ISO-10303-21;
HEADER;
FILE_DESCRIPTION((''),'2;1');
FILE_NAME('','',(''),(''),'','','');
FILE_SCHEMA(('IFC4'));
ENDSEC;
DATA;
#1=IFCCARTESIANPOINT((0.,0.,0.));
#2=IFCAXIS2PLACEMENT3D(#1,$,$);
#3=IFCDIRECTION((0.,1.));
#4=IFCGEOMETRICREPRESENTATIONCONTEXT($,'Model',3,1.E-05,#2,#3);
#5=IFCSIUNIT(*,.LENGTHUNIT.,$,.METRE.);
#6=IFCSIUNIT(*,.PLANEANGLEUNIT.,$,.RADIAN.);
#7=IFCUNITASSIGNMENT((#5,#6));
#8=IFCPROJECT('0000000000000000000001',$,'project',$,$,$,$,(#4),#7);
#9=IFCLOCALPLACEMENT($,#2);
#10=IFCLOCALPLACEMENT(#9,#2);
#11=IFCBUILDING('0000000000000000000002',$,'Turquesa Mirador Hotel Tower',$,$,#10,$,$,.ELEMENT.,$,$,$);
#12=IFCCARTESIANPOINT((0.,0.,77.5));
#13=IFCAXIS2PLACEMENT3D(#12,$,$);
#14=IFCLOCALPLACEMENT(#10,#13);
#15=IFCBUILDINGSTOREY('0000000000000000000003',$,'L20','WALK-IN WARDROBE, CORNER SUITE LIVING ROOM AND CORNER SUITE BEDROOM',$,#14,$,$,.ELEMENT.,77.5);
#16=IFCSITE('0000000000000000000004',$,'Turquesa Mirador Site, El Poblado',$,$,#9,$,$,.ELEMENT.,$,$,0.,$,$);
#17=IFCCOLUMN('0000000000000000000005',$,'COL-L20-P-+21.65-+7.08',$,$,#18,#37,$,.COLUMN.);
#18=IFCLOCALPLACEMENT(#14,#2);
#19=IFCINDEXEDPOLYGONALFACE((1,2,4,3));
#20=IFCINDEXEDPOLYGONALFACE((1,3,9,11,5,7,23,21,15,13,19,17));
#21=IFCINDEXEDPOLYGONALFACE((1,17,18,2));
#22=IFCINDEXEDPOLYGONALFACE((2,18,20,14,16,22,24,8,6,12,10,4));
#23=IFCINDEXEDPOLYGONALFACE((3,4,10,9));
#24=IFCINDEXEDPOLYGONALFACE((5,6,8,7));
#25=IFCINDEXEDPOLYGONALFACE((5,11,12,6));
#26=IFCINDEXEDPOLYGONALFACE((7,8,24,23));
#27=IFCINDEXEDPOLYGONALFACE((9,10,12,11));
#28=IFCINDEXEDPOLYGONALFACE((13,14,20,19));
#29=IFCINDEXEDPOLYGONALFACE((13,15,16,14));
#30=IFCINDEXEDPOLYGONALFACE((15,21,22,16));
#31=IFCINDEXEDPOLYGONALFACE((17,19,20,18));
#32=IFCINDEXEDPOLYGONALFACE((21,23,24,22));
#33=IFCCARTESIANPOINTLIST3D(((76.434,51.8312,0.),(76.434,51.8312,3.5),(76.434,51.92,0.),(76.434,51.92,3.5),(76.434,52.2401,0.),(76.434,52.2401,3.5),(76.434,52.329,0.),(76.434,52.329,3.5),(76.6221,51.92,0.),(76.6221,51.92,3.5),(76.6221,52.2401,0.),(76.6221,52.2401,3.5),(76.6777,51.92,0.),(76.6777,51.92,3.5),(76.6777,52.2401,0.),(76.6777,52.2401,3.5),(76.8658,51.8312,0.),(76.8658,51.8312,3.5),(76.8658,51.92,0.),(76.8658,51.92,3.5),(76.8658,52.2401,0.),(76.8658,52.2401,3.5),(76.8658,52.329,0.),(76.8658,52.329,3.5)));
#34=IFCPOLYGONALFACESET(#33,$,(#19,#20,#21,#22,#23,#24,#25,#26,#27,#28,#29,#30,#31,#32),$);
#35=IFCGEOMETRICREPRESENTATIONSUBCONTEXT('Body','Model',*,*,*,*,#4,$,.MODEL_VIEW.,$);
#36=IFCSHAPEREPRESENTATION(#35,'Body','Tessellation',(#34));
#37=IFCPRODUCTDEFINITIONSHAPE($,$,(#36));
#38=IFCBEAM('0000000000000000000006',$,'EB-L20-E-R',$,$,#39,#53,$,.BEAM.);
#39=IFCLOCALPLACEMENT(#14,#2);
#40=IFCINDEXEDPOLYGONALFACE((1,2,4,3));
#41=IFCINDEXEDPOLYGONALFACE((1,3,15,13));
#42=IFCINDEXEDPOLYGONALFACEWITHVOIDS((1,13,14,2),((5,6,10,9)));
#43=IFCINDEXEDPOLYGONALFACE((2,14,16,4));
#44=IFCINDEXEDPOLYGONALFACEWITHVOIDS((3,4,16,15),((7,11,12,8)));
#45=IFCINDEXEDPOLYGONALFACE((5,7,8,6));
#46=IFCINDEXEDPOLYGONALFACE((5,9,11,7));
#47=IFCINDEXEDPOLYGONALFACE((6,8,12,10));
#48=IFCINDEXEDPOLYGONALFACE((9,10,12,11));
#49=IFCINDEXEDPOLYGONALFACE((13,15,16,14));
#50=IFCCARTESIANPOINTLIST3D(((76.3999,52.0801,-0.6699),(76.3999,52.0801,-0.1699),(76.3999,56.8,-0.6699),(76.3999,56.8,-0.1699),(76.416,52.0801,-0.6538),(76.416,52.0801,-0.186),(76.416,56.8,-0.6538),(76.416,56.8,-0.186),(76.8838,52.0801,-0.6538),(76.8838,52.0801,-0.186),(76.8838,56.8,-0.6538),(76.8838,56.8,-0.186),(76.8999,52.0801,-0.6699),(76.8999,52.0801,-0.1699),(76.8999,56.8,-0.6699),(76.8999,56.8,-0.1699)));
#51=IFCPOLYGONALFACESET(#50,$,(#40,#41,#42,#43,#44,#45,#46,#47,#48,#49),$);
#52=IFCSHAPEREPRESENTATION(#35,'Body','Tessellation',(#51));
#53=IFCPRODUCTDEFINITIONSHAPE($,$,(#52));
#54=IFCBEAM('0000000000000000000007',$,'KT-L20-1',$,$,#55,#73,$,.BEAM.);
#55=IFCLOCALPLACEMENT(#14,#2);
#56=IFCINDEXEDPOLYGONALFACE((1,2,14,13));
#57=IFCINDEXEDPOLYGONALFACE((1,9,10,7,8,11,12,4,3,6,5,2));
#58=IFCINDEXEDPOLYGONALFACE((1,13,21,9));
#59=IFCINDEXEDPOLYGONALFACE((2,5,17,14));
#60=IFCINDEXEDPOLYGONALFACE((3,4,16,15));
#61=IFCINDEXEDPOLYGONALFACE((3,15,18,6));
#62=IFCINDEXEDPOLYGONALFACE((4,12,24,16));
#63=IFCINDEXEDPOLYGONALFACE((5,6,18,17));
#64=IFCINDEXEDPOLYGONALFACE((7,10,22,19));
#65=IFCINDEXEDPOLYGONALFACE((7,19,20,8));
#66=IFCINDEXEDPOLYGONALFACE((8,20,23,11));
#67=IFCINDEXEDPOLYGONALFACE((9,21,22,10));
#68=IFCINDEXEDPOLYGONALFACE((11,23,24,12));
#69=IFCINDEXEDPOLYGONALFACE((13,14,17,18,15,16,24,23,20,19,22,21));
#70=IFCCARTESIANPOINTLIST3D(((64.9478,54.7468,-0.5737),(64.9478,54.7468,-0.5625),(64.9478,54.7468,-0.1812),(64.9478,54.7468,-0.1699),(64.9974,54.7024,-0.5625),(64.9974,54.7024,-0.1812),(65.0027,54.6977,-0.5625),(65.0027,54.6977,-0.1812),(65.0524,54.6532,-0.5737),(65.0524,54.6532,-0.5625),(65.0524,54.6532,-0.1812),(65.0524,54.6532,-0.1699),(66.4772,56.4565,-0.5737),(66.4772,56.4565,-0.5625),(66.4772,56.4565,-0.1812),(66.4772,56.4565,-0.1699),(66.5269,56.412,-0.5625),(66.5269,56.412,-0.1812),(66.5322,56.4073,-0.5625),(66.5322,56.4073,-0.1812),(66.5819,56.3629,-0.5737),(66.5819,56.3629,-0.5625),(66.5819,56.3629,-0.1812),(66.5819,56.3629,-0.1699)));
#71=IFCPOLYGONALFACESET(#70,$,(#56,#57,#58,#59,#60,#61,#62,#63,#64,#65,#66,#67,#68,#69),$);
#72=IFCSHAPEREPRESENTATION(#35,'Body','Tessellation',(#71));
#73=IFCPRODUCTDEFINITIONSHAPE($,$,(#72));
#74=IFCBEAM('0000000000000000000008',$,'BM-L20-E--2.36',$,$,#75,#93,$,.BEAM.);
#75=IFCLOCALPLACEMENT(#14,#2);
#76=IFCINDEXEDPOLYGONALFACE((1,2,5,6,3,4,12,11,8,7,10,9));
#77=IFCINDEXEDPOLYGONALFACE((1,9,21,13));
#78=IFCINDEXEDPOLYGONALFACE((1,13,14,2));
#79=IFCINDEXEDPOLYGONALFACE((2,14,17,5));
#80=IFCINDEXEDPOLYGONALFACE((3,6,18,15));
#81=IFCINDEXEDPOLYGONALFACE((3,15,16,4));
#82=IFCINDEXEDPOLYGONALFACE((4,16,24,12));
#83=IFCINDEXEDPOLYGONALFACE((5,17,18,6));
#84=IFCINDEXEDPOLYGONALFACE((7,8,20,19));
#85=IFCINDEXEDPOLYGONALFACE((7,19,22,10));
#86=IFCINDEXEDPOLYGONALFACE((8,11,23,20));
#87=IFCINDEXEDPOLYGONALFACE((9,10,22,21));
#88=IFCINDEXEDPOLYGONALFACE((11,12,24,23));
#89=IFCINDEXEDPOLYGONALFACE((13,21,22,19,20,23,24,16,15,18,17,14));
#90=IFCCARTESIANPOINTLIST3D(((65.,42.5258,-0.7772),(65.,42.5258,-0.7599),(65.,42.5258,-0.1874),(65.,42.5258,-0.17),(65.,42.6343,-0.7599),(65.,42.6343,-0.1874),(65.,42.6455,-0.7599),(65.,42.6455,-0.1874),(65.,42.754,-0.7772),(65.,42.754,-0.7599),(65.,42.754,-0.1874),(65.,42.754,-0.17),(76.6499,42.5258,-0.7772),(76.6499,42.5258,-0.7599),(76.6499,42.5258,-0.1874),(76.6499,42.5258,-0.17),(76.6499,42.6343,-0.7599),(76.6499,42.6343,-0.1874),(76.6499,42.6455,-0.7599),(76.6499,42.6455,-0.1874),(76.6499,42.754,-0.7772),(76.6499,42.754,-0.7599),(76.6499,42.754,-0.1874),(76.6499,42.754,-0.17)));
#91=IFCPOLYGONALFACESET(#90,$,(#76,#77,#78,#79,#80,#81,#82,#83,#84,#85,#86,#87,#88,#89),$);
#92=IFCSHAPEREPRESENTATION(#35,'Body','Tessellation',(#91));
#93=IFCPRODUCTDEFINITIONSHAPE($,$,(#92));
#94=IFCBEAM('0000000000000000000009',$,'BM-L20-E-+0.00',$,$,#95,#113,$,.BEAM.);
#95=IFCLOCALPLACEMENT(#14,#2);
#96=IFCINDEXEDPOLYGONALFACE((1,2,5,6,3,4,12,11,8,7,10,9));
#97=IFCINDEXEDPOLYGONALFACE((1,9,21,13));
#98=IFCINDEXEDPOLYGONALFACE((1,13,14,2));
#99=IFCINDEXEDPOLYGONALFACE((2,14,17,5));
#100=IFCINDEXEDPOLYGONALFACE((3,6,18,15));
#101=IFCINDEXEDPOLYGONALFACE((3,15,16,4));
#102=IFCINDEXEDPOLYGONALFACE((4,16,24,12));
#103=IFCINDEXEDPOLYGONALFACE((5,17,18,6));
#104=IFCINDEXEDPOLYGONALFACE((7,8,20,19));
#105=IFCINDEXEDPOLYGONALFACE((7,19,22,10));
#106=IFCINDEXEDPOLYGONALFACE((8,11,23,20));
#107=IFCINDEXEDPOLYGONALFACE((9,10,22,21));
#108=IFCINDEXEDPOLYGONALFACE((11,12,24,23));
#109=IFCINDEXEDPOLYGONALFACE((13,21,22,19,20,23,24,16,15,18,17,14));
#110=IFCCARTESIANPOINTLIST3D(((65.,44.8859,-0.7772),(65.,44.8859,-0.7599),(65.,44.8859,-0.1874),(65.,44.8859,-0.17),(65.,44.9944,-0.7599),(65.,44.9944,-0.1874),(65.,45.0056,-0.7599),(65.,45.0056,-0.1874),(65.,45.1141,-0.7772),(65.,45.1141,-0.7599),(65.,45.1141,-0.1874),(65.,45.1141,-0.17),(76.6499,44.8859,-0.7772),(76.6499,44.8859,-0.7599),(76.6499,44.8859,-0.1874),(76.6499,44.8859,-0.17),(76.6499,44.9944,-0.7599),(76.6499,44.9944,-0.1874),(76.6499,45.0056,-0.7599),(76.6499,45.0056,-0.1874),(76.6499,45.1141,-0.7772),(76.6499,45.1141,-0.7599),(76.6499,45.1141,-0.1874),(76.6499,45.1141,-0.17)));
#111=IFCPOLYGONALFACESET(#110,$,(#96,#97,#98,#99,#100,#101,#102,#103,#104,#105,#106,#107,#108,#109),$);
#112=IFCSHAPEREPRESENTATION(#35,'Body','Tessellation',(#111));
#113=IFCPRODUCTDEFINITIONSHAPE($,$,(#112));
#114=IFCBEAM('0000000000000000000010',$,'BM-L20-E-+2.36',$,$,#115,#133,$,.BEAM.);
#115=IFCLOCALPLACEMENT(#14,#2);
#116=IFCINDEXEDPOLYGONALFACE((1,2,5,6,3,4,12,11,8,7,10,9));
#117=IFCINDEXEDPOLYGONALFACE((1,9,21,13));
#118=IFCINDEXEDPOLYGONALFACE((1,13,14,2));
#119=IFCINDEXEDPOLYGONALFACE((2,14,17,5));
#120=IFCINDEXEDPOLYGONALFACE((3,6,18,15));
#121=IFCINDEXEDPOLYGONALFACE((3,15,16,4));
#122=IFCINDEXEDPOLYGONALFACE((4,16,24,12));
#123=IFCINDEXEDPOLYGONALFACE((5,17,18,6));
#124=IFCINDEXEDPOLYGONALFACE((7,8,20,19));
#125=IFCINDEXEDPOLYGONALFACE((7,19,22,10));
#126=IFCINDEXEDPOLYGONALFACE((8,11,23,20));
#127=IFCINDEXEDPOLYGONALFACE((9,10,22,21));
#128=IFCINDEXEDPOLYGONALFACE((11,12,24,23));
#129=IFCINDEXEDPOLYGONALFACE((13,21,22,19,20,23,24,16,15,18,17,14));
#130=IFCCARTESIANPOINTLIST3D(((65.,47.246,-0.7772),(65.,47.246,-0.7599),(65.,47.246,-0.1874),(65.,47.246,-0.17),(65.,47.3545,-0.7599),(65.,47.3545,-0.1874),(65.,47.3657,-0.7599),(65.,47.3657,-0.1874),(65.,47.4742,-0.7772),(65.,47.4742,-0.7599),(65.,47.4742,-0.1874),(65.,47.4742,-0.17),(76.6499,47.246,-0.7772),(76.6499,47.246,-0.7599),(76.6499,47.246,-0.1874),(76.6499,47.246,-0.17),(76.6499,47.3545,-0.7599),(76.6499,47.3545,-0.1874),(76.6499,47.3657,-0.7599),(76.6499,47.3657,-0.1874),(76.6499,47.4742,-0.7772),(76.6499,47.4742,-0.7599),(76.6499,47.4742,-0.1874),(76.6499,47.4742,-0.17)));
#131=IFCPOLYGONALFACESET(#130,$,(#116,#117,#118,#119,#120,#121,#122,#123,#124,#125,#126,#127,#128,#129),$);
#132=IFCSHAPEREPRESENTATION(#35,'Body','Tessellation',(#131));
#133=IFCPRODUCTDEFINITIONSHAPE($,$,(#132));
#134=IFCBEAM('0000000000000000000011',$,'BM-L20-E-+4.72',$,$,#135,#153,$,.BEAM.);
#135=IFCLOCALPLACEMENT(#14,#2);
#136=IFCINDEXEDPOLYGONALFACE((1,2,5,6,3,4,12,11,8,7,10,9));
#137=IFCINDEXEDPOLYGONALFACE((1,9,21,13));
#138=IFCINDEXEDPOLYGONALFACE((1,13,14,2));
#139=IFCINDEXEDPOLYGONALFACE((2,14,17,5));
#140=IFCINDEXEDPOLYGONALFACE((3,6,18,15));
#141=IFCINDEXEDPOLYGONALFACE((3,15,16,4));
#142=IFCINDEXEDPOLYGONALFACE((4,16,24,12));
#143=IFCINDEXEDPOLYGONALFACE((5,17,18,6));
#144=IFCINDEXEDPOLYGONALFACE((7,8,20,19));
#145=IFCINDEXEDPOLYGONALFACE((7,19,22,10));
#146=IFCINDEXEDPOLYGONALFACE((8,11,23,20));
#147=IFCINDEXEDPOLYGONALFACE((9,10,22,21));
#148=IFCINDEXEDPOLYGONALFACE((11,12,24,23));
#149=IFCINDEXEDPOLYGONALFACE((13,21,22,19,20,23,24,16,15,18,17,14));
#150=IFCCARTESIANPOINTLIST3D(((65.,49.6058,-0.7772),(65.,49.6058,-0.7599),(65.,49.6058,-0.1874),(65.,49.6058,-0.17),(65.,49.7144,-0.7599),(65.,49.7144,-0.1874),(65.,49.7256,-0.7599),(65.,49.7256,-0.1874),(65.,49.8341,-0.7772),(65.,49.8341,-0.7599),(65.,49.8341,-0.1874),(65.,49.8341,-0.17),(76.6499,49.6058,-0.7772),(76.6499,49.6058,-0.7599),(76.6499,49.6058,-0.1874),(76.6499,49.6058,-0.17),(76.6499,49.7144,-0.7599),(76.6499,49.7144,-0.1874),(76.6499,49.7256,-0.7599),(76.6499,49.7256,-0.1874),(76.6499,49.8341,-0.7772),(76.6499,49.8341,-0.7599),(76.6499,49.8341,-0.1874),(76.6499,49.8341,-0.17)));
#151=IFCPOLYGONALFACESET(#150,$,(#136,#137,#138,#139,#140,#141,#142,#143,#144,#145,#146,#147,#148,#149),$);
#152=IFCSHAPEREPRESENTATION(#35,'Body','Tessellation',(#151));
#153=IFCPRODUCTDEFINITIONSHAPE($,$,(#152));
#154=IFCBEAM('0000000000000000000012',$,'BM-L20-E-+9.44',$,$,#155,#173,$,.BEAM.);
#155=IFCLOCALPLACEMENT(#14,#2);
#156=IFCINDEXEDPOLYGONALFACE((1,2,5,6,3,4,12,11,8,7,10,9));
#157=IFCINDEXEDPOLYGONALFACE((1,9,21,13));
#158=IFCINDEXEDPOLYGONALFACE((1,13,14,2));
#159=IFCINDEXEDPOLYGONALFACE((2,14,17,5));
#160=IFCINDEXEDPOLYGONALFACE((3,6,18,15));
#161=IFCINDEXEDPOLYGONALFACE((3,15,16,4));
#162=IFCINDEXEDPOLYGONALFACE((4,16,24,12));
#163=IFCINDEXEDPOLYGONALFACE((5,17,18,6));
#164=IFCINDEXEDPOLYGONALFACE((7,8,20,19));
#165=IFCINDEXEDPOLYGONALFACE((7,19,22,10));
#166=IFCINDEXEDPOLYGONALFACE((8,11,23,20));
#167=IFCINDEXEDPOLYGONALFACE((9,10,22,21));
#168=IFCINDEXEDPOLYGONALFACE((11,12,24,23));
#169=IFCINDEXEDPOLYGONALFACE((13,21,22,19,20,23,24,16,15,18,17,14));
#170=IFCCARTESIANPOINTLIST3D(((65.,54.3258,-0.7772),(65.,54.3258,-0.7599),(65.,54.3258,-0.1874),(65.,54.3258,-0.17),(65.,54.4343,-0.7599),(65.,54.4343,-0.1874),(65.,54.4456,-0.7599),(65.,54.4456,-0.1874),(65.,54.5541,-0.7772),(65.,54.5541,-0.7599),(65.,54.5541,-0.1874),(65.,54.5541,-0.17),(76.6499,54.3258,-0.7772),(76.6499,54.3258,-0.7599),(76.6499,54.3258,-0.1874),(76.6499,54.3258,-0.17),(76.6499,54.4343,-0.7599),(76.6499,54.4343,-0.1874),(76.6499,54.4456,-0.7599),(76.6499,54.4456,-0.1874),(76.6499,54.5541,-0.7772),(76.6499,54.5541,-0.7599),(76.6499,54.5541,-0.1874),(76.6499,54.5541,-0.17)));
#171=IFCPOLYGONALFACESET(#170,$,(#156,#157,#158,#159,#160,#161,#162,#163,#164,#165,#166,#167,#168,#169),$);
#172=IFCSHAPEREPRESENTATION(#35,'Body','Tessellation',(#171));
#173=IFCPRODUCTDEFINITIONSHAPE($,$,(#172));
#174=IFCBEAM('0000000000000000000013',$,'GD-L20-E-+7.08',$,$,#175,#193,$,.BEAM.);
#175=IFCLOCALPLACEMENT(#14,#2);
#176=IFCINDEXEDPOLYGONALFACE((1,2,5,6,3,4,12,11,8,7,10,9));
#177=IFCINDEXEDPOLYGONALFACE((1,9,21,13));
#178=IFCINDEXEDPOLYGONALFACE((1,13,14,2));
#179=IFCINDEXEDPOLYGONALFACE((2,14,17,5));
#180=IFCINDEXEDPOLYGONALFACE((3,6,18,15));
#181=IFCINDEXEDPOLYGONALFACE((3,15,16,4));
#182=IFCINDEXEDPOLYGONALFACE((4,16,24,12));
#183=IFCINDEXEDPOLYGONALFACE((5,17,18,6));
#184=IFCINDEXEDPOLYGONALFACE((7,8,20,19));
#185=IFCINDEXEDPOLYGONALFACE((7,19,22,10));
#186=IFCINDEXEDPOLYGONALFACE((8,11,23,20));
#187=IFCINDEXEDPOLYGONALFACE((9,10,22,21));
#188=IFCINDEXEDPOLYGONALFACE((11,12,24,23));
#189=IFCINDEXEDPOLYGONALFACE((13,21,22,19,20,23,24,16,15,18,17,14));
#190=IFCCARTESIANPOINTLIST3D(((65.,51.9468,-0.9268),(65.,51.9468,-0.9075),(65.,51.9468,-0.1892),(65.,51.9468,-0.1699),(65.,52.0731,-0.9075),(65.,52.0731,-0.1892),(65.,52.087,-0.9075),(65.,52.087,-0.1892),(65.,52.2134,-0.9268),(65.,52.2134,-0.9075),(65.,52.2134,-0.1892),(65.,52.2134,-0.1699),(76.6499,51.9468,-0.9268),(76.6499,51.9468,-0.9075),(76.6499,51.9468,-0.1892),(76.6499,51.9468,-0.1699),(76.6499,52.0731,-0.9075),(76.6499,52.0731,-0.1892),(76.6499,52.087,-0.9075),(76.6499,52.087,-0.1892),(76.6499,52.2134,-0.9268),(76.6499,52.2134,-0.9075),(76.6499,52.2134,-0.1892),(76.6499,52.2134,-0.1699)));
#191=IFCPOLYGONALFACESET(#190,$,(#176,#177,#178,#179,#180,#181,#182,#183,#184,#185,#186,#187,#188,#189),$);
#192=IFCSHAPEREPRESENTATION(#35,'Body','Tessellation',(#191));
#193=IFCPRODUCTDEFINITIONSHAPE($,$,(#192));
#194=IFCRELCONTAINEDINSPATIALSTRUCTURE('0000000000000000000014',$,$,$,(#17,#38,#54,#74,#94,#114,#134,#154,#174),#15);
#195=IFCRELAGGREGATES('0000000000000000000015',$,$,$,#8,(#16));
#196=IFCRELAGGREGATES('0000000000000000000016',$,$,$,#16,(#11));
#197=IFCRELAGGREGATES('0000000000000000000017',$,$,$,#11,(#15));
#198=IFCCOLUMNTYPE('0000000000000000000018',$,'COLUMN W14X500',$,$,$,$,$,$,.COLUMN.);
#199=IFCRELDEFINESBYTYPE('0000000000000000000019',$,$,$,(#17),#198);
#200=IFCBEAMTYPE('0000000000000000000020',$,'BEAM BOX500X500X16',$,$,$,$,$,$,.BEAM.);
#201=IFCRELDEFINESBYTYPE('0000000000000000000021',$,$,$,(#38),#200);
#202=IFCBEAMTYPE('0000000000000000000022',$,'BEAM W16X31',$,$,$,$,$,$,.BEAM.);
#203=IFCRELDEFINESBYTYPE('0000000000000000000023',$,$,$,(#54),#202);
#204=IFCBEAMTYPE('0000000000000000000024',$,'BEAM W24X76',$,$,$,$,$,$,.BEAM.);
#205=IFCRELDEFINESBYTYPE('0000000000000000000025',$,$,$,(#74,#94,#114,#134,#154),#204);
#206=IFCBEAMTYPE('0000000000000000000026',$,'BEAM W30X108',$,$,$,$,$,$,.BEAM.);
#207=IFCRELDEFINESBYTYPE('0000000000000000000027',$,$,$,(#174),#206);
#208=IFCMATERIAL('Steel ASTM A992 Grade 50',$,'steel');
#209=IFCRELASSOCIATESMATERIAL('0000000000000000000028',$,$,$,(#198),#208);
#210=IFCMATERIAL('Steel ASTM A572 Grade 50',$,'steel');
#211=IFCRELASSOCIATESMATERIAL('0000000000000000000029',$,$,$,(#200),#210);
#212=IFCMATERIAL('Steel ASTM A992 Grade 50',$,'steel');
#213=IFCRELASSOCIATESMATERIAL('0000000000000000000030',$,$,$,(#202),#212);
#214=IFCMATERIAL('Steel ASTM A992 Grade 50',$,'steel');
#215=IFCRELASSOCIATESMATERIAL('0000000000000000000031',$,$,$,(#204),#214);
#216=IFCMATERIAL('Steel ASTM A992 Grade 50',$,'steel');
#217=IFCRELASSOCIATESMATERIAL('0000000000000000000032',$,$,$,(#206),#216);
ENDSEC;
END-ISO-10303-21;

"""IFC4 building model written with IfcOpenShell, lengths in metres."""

from ifc_helpers import new_model, si_unit, direction, frame, origin, origin_2d, place, context, subcontext, project, spatial, hollow_rectangle, i_section, extrude, material, material_profile, profile_set, type_object, element, save


model = new_model("IFC4")

# Units and contexts
model_context = context("Model", 3, precision=1e-05, world=origin(), true_north=direction((0.0, 1.0)))
body_context = subcontext(model_context, "Body", "Model", "MODEL_VIEW")
ifc_project = project(units=[si_unit("LENGTHUNIT", "METRE"), si_unit("PLANEANGLEUNIT", "RADIAN")], contexts=[model_context])

# Site, building, storey
site_placement = place(None, origin())
site = spatial("IfcSite", under=ifc_project, at=site_placement, Name="Turquesa Mirador Site, El Poblado", CompositionType="ELEMENT", RefElevation=0.0)
building_placement = place(site_placement, origin())
building = spatial("IfcBuilding", under=site, at=building_placement, Name="Turquesa Mirador Hotel Tower", CompositionType="ELEMENT")
storey_placement = place(building_placement, frame((0.0, 0.0, 77.5)))
storey = spatial("IfcBuildingStorey", under=building, at=storey_placement, Name="L20", Description="WALK-IN WARDROBE, CORNER SUITE LIVING ROOM AND CORNER SUITE BEDROOM", CompositionType="ELEMENT", Elevation=77.5)

# Column
ifc_material_1 = material(Name="Steel ASTM A992 Grade 50", Category="steel")
ifc_material_profile_1 = material_profile(ifc_material_1, i_section(OverallWidth=0.4319, OverallDepth=0.4978, WebThickness=0.0557, FlangeThickness=0.0889, at=origin_2d()), Name="W14X500")
ifc_profile_set_1 = profile_set([ifc_material_profile_1], Name="Steel ASTM A992 Grade 50")
column_type = type_object("IfcColumnType", Name="COLUMN W14X500", PredefinedType="COLUMN", material=ifc_profile_set_1)
column_placement = place(storey_placement, frame((76.6499, 52.0801, 0.0), z_axis=(0.0, 0.0, 1.0), x_axis=(1.0, 0.0, 0.0)))
element("IfcColumn", 1, at=column_placement, inside=storey, type_object=column_type, Name="COL-L20-P-+21.65-+7.08", PredefinedType="COLUMN", context=body_context, shape_type="SweptSolid", body=[
    extrude(i_section(OverallWidth=0.4319, OverallDepth=0.4978, WebThickness=0.0557, FlangeThickness=0.0889, at=origin_2d()), origin(), (0.0, 0.0, 1.0), 3.5),
])

# Beams
ifc_material_2 = material(Name="Steel ASTM A572 Grade 50", Category="steel")
ifc_material_profile_2 = material_profile(ifc_material_2, hollow_rectangle(XDim=0.5, YDim=0.5, WallThickness=0.0161, at=origin_2d()), Name="BOX500X500X16")
ifc_profile_set_2 = profile_set([ifc_material_profile_2], Name="Steel ASTM A572 Grade 50")
beam_type_1 = type_object("IfcBeamType", Name="BEAM BOX500X500X16", PredefinedType="BEAM", material=ifc_profile_set_2)
beam_1_placement = place(storey_placement, frame((76.6499, 52.0801, -0.4199), z_axis=(0.0, 1.0, 0.0), x_axis=(-1.0, 0.0, 0.0)))
element("IfcBeam", 2, at=beam_1_placement, inside=storey, type_object=beam_type_1, Name="EB-L20-E-R", PredefinedType="BEAM", context=body_context, shape_type="SweptSolid", body=[
    extrude(hollow_rectangle(XDim=0.5, YDim=0.5, WallThickness=0.0161, at=origin_2d()), origin(), (0.0, 0.0, 1.0), 4.72),
])
ifc_material_3 = material(Name="Steel ASTM A992 Grade 50", Category="steel")
ifc_material_profile_3 = material_profile(ifc_material_3, i_section(OverallWidth=0.1404, OverallDepth=0.4038, WebThickness=0.0071, FlangeThickness=0.0112, at=origin_2d()), Name="W16X31")
ifc_profile_set_3 = profile_set([ifc_material_profile_3], Name="Steel ASTM A992 Grade 50")
beam_type_2 = type_object("IfcBeamType", Name="BEAM W16X31", PredefinedType="BEAM", material=ifc_profile_set_3)
beam_2_placement = place(storey_placement, frame((66.5295, 56.4097, -0.3718), z_axis=(-0.666745, -0.745286, 0.0), x_axis=(0.745286, -0.666745, 0.0)))
element("IfcBeam", 3, at=beam_2_placement, inside=storey, type_object=beam_type_2, Name="KT-L20-1", PredefinedType="BEAM", context=body_context, shape_type="SweptSolid", body=[
    extrude(i_section(OverallWidth=0.1404, OverallDepth=0.4038, WebThickness=0.0071, FlangeThickness=0.0112, at=origin_2d()), origin(), (0.0, 0.0, 1.0), 2.2939),
])
ifc_material_4 = material(Name="Steel ASTM A992 Grade 50", Category="steel")
ifc_material_profile_4 = material_profile(ifc_material_4, i_section(OverallWidth=0.2283, OverallDepth=0.6072, WebThickness=0.0112, FlangeThickness=0.0173, at=origin_2d()), Name="W24X76")
ifc_profile_set_4 = profile_set([ifc_material_profile_4], Name="Steel ASTM A992 Grade 50")
beam_type_3 = type_object("IfcBeamType", Name="BEAM W24X76", PredefinedType="BEAM", material=ifc_profile_set_4)
for number, where, z_axis, x_axis, name in (
    (4, (76.6499, 42.6399, -0.4736), (-1.0, 0.0, 0.0), (0.0, -1.0, 0.0), "BM-L20-E--2.36"),
    (5, (76.6499, 45.0, -0.4736), (-1.0, 0.0, 0.0), (0.0, -1.0, 0.0), "BM-L20-E-+0.00"),
    (6, (76.6499, 47.3601, -0.4736), (-1.0, 0.0, 0.0), (0.0, -1.0, 0.0), "BM-L20-E-+2.36"),
    (7, (76.6499, 49.72, -0.4736), (-1.0, 0.0, 0.0), (0.0, -1.0, 0.0), "BM-L20-E-+4.72"),
    (8, (76.6499, 54.4399, -0.4736), (-1.0, 0.0, 0.0), (0.0, -1.0, 0.0), "BM-L20-E-+9.44"),
):
    element("IfcBeam", number, at=place(storey_placement, frame(where, z_axis=z_axis, x_axis=x_axis)), inside=storey, type_object=beam_type_3, Name=name, PredefinedType="BEAM", context=body_context, shape_type="SweptSolid", body=[
        extrude(i_section(OverallWidth=0.2283, OverallDepth=0.6072, WebThickness=0.0112, FlangeThickness=0.0173, at=origin_2d()), origin(), (0.0, 0.0, 1.0), 11.6499),
    ])
ifc_material_5 = material(Name="Steel ASTM A992 Grade 50", Category="steel")
ifc_material_profile_5 = material_profile(ifc_material_5, i_section(OverallWidth=0.2666, OverallDepth=0.7568, WebThickness=0.0139, FlangeThickness=0.0193, at=origin_2d()), Name="W30X108")
ifc_profile_set_5 = profile_set([ifc_material_profile_5], Name="Steel ASTM A992 Grade 50")
beam_type_4 = type_object("IfcBeamType", Name="BEAM W30X108", PredefinedType="BEAM", material=ifc_profile_set_5)
beam_3_placement = place(storey_placement, frame((76.6499, 52.0801, -0.5483), z_axis=(-1.0, 0.0, 0.0), x_axis=(0.0, -1.0, 0.0)))
element("IfcBeam", 9, at=beam_3_placement, inside=storey, type_object=beam_type_4, Name="GD-L20-E-+7.08", PredefinedType="BEAM", context=body_context, shape_type="SweptSolid", body=[
    extrude(i_section(OverallWidth=0.2666, OverallDepth=0.7568, WebThickness=0.0139, FlangeThickness=0.0193, at=origin_2d()), origin(), (0.0, 0.0, 1.0), 11.6499),
])

save(model, "model.ifc")
